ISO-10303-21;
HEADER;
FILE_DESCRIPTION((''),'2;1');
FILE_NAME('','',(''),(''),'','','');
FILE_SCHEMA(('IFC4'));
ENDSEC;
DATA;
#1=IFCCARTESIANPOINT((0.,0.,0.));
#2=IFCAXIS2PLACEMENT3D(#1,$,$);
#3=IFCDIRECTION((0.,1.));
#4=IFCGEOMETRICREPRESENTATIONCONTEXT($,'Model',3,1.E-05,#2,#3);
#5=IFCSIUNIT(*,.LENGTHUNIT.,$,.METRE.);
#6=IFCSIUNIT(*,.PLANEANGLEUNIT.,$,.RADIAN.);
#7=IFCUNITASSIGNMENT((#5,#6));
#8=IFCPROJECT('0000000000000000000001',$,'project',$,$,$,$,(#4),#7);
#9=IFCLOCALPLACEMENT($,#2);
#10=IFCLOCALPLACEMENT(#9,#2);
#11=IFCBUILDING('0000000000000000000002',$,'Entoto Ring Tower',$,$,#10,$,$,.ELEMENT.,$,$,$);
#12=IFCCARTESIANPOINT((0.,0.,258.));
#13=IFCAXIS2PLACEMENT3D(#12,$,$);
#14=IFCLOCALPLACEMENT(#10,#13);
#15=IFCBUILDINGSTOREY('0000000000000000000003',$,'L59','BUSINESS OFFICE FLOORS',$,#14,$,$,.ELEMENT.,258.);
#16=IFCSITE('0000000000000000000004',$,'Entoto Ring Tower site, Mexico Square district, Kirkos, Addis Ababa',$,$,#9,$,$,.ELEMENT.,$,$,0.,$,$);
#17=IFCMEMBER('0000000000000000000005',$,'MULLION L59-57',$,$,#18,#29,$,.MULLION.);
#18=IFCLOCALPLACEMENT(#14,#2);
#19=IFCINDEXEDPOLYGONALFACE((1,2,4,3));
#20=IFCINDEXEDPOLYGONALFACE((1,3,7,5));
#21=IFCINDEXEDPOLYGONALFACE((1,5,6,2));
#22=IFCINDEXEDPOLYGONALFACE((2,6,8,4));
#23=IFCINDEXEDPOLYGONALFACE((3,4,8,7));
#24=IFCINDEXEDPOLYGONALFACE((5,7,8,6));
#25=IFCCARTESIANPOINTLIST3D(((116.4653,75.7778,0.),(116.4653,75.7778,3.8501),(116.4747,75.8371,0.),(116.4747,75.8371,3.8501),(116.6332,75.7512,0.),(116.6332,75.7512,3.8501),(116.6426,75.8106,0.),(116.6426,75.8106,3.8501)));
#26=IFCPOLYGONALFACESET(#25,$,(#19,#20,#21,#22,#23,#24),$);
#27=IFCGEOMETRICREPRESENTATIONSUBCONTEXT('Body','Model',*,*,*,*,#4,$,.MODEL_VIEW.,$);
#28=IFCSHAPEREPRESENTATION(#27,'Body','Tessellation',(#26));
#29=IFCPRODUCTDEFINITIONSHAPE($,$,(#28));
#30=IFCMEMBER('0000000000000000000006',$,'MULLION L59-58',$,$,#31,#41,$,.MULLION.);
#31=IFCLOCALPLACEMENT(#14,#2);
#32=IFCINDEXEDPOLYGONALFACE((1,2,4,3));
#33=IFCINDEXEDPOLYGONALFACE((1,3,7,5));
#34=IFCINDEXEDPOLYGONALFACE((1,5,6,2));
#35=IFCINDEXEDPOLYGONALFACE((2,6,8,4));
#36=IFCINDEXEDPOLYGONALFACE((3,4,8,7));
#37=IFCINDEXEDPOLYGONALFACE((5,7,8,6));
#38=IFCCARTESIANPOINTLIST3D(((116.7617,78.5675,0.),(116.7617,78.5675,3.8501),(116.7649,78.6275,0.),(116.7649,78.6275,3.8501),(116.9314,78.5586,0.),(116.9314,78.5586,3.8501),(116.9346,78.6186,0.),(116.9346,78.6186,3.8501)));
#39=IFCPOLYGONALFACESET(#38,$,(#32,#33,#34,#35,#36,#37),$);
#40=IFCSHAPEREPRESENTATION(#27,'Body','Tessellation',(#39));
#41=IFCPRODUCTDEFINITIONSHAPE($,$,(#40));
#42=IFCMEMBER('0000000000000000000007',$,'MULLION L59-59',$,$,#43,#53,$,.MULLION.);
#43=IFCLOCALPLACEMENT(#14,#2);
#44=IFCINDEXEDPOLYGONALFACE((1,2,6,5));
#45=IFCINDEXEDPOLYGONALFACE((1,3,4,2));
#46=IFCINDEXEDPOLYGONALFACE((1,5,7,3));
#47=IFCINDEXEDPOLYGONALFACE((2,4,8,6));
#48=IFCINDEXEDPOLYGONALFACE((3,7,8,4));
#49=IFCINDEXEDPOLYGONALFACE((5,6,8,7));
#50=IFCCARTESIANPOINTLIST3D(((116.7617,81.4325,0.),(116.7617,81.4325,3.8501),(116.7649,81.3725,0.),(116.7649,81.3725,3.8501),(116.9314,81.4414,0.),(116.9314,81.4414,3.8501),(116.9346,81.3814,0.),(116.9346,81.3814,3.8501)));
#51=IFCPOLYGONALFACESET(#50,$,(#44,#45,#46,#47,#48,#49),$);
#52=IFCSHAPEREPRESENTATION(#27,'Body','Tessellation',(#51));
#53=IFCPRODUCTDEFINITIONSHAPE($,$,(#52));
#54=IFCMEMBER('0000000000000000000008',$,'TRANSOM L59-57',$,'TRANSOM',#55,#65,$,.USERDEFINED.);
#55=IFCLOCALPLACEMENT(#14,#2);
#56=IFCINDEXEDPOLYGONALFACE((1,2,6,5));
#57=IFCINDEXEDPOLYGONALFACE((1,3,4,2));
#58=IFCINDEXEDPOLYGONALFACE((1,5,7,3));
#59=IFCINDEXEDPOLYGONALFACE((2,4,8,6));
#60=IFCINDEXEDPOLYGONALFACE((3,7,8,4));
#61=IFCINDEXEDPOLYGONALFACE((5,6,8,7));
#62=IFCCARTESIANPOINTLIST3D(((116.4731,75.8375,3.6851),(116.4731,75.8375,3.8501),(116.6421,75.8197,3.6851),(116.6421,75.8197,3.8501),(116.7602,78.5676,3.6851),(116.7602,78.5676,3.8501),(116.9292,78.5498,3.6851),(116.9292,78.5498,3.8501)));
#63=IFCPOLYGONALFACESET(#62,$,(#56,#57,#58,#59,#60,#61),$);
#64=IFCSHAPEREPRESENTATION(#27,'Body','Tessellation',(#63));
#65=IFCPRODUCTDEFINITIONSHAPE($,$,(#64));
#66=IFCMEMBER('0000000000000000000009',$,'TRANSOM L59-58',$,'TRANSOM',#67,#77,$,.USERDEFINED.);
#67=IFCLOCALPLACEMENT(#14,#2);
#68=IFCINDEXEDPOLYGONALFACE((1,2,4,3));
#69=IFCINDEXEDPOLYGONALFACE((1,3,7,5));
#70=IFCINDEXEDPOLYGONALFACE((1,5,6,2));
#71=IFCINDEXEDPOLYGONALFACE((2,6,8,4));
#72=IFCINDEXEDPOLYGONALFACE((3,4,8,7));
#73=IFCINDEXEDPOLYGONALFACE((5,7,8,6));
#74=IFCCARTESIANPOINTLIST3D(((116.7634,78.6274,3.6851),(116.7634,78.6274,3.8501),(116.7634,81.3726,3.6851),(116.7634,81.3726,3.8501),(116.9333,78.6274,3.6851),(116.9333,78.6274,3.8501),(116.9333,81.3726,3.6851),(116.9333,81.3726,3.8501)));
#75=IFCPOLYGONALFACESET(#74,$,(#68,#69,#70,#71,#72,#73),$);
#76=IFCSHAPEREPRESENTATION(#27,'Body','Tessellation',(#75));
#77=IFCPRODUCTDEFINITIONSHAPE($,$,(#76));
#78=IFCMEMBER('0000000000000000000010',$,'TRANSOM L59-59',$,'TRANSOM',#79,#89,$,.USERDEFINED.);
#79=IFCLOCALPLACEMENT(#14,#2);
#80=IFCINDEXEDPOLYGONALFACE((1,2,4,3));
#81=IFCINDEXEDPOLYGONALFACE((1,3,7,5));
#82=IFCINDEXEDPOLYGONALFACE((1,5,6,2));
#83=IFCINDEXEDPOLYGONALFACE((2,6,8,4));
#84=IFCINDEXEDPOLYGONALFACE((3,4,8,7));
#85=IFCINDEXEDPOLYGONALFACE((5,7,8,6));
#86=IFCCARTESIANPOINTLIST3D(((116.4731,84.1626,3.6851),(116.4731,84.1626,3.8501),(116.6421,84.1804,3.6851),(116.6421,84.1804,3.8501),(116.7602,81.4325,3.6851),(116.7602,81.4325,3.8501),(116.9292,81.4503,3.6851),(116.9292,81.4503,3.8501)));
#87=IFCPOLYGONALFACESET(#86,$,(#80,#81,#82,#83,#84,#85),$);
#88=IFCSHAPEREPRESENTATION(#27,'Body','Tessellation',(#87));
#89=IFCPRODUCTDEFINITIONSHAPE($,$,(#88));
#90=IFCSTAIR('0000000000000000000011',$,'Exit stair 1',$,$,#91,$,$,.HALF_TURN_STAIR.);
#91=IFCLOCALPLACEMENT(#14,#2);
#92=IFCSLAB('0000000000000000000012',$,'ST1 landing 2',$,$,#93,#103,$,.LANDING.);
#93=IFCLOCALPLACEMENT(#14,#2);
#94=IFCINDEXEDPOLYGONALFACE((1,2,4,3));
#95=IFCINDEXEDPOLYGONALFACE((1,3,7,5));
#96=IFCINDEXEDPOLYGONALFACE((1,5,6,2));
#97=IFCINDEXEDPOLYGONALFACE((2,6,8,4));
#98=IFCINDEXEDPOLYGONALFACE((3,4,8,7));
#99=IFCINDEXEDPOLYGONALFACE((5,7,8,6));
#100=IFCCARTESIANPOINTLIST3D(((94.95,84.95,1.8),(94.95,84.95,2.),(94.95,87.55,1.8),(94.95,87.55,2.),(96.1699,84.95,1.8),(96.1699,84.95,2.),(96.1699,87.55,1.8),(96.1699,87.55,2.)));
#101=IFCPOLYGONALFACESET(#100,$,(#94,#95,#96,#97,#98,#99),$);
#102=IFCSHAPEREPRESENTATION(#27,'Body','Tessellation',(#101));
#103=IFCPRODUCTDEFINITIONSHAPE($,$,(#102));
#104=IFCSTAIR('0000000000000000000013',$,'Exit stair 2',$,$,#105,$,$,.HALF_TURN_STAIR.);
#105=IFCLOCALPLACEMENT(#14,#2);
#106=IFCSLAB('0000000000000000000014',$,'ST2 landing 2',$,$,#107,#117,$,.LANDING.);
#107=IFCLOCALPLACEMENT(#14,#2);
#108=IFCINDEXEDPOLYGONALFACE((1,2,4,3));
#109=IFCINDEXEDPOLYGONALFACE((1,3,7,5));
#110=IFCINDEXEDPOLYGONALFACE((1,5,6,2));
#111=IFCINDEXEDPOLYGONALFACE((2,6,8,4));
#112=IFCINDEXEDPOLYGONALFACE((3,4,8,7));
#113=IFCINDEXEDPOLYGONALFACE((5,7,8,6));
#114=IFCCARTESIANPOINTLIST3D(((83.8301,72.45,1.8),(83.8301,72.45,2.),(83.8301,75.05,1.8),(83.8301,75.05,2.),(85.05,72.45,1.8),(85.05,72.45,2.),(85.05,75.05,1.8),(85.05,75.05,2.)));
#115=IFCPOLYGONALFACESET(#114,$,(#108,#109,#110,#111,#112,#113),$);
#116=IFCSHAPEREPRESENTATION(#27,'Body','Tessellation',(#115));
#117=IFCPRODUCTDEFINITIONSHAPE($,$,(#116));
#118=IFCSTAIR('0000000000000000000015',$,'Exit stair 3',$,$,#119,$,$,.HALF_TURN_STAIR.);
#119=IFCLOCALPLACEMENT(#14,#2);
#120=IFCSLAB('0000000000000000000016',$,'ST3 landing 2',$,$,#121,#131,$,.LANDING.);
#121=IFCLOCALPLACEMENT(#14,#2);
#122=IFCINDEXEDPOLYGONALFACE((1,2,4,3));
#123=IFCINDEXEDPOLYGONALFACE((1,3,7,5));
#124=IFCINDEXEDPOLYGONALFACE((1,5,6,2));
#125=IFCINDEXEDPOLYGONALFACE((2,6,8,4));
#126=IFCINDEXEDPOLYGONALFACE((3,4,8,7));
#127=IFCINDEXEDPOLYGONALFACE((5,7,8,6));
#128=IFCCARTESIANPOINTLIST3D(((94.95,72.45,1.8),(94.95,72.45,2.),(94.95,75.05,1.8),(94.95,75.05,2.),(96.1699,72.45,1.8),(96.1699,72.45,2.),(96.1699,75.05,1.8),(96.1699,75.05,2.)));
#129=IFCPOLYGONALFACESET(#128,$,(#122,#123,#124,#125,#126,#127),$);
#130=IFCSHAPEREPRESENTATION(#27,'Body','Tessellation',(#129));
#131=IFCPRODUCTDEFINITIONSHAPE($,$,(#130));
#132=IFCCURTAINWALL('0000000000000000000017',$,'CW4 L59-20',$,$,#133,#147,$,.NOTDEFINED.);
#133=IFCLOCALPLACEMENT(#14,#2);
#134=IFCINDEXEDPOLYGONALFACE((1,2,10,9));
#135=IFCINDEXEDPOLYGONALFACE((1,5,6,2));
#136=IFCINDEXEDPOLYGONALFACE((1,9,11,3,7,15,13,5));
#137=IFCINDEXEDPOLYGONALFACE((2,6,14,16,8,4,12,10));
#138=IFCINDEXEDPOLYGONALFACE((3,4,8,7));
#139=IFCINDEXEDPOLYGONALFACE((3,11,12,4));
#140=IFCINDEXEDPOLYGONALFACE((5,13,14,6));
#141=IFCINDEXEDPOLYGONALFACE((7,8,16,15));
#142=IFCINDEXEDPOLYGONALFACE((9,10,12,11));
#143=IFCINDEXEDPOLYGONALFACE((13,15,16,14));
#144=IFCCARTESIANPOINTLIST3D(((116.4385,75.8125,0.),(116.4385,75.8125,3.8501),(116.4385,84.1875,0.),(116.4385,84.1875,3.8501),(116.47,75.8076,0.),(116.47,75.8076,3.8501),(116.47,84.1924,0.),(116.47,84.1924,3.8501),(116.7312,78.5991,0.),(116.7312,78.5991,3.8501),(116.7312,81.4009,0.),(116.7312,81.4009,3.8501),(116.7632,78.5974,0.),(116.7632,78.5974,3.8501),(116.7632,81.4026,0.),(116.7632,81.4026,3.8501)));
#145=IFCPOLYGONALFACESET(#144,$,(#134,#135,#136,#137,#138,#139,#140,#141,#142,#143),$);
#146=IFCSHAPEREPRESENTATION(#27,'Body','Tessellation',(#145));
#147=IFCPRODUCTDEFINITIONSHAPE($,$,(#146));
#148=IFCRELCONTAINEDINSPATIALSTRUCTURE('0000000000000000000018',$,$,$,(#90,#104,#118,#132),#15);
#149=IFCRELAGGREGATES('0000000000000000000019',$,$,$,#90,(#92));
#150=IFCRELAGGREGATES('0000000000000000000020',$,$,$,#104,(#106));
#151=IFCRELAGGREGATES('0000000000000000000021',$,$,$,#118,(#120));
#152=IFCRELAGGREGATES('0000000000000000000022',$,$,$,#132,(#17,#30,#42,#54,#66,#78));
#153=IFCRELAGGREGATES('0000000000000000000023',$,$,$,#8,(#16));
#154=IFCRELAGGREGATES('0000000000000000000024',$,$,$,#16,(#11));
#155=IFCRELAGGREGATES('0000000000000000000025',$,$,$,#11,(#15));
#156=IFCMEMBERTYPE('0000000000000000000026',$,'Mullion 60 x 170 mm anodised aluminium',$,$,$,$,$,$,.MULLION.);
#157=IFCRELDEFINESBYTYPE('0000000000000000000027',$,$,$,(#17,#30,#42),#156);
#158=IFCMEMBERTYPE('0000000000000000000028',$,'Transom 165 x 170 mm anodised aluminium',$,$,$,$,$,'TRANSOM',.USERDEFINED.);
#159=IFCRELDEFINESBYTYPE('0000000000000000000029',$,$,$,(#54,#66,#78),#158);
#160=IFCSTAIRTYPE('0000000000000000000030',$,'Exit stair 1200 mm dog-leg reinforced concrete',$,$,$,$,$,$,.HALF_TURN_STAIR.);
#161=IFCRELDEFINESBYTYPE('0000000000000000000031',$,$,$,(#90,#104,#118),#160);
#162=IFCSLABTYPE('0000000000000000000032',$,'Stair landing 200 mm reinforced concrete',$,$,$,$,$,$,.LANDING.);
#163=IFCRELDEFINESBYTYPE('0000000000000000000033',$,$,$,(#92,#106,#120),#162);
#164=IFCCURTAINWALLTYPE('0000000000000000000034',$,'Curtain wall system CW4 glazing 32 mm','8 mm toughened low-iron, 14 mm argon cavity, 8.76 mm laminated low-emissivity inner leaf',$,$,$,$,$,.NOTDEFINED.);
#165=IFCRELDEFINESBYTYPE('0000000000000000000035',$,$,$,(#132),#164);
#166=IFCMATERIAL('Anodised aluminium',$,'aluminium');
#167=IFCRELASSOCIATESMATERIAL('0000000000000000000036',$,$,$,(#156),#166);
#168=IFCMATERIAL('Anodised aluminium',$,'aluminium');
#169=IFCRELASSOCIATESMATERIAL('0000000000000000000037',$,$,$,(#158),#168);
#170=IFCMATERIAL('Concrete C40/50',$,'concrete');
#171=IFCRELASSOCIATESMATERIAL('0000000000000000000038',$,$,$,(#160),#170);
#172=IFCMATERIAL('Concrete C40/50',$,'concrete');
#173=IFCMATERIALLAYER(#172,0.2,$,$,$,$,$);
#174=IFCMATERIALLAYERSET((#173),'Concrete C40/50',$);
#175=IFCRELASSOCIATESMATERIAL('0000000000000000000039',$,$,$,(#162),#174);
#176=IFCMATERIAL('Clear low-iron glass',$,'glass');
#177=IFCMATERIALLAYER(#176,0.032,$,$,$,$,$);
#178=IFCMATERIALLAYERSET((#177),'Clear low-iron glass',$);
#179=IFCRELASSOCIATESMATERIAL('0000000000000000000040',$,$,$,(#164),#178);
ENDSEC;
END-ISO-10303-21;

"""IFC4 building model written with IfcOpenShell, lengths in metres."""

from ifc_helpers import new_model, si_unit, direction, frame, origin, origin_2d, place, context, subcontext, project, spatial, polyline, rectangle, outline, extrude, material, layer, layer_set, material_profile, profile_set, type_object, element, aggregate, save


model = new_model("IFC4")

# Units and contexts
model_context = context("Model", 3, precision=1e-05, world=origin(), true_north=direction((0.0, 1.0)))
body_context = subcontext(model_context, "Body", "Model", "MODEL_VIEW")
ifc_project = project(units=[si_unit("LENGTHUNIT", "METRE"), si_unit("PLANEANGLEUNIT", "RADIAN")], contexts=[model_context])

# Members
ifc_material_1 = material(Name="Anodised aluminium", Category="aluminium")
ifc_material_profile_1 = material_profile(ifc_material_1, rectangle(XDim=0.0601, YDim=0.1699, at=origin_2d()), Name="Mullion 60 x 170 mm anodised aluminium")
ifc_profile_set_1 = profile_set([ifc_material_profile_1], Name="Anodised aluminium")
member_type_1 = type_object("IfcMemberType", Name="Mullion 60 x 170 mm anodised aluminium", PredefinedType="MULLION", material=ifc_profile_set_1)
site_placement = place(None, origin())
building_placement = place(site_placement, origin())
storey_placement = place(building_placement, frame((0.0, 0.0, 258.0)))
member_1_placement = place(storey_placement, frame((116.554, 75.7942, 0.0), z_axis=(0.0, 0.0, 1.0), x_axis=(0.156434, 0.987688, 0.0)))
member_1 = element("IfcMember", 1, at=member_1_placement, type_object=member_type_1, Name="MULLION L59-57", PredefinedType="MULLION", context=body_context, shape_type="SweptSolid", body=[
    extrude(rectangle(XDim=0.0601, YDim=0.1699, at=origin_2d()), origin(), (0.0, 0.0, 1.0), 3.8501),
])
member_2_placement = place(storey_placement, frame((116.8481, 78.593, 0.0), z_axis=(0.0, 0.0, 1.0), x_axis=(0.052336, 0.99863, 0.0)))
member_2 = element("IfcMember", 2, at=member_2_placement, type_object=member_type_1, Name="MULLION L59-58", PredefinedType="MULLION", context=body_context, shape_type="SweptSolid", body=[
    extrude(rectangle(XDim=0.0601, YDim=0.1699, at=origin_2d()), origin(), (0.0, 0.0, 1.0), 3.8501),
])
member_3_placement = place(storey_placement, frame((116.8481, 81.407, 0.0), z_axis=(0.0, 0.0, 1.0), x_axis=(-0.052336, 0.99863, 0.0)))
member_3 = element("IfcMember", 3, at=member_3_placement, type_object=member_type_1, Name="MULLION L59-59", PredefinedType="MULLION", context=body_context, shape_type="SweptSolid", body=[
    extrude(rectangle(XDim=0.0601, YDim=0.1699, at=origin_2d()), origin(), (0.0, 0.0, 1.0), 3.8501),
])
ifc_material_2 = material(Name="Anodised aluminium", Category="aluminium")
ifc_material_profile_2 = material_profile(ifc_material_2, rectangle(XDim=0.1699, YDim=0.165, at=origin_2d()), Name="Transom 165 x 170 mm anodised aluminium")
ifc_profile_set_2 = profile_set([ifc_material_profile_2], Name="Anodised aluminium")
member_type_2 = type_object("IfcMemberType", Name="Transom 165 x 170 mm anodised aluminium", ElementType="TRANSOM", PredefinedType="USERDEFINED", material=ifc_profile_set_2)
member_4_placement = place(storey_placement, frame((116.5576, 75.8286, 3.7676), z_axis=(0.104592, 0.994515, 0.0), x_axis=(-0.994515, 0.104592, 0.0)))
member_4 = element("IfcMember", 4, at=member_4_placement, type_object=member_type_2, Name="TRANSOM L59-57", ObjectType="TRANSOM", PredefinedType="USERDEFINED", context=body_context, shape_type="SweptSolid", body=[
    extrude(rectangle(XDim=0.1699, YDim=0.165, at=origin_2d()), origin(), (0.0, 0.0, 1.0), 2.7451),
])
member_5_placement = place(storey_placement, frame((116.8484, 78.6274, 3.7676), z_axis=(0.0, 1.0, 0.0), x_axis=(-1.0, 0.0, 0.0)))
member_5 = element("IfcMember", 5, at=member_5_placement, type_object=member_type_2, Name="TRANSOM L59-58", ObjectType="TRANSOM", PredefinedType="USERDEFINED", context=body_context, shape_type="SweptSolid", body=[
    extrude(rectangle(XDim=0.1699, YDim=0.165, at=origin_2d()), origin(), (0.0, 0.0, 1.0), 2.7451),
])
member_6_placement = place(storey_placement, frame((116.8447, 81.4414, 3.7676), z_axis=(-0.104592, 0.994515, 0.0), x_axis=(-0.994515, -0.104592, 0.0)))
member_6 = element("IfcMember", 6, at=member_6_placement, type_object=member_type_2, Name="TRANSOM L59-59", ObjectType="TRANSOM", PredefinedType="USERDEFINED", context=body_context, shape_type="SweptSolid", body=[
    extrude(rectangle(XDim=0.1699, YDim=0.165, at=origin_2d()), origin(), (0.0, 0.0, 1.0), 2.7451),
])

# Site, building, storey
site = spatial("IfcSite", under=ifc_project, at=site_placement, Name="Entoto Ring Tower site, Mexico Square district, Kirkos, Addis Ababa", CompositionType="ELEMENT", RefElevation=0.0)
building = spatial("IfcBuilding", under=site, at=building_placement, Name="Entoto Ring Tower", CompositionType="ELEMENT")
storey = spatial("IfcBuildingStorey", under=building, at=storey_placement, Name="L59", Description="BUSINESS OFFICE FLOORS", CompositionType="ELEMENT", Elevation=258.0)

# Stairs, slabs
ifc_material_3 = material(Name="Concrete C40/50", Category="concrete")
stair_type = type_object("IfcStairType", Name="Exit stair 1200 mm dog-leg reinforced concrete", PredefinedType="HALF_TURN_STAIR", material=ifc_material_3)
stair_1_placement = place(storey_placement, origin())
stair_1 = element("IfcStair", 7, at=stair_1_placement, inside=storey, type_object=stair_type, Name="Exit stair 1", PredefinedType="HALF_TURN_STAIR")
ifc_material_4 = material(Name="Concrete C40/50", Category="concrete")
ifc_layer_1 = layer(ifc_material_4, 0.2)
ifc_layer_set_1 = layer_set([ifc_layer_1], Name="Concrete C40/50")
slab_type = type_object("IfcSlabType", Name="Stair landing 200 mm reinforced concrete", PredefinedType="LANDING", material=ifc_layer_set_1)
slab_1_placement = place(storey_placement, frame((0.0, 0.0, 1.8)))
slab_1 = element("IfcSlab", 8, at=slab_1_placement, type_object=slab_type, Name="ST1 landing 2", PredefinedType="LANDING", context=body_context, shape_type="SweptSolid", body=[
    extrude(outline(polyline([(94.95, 84.95), (96.1699, 84.95), (96.1699, 87.55), (94.95, 87.55), (94.95, 84.95)])), origin(), (0.0, 0.0, 1.0), 0.2),
])
aggregate(stair_1, [slab_1])
stair_2_placement = place(storey_placement, origin())
stair_2 = element("IfcStair", 9, at=stair_2_placement, inside=storey, type_object=stair_type, Name="Exit stair 2", PredefinedType="HALF_TURN_STAIR")
slab_2_placement = place(storey_placement, frame((0.0, 0.0, 1.8)))
slab_2 = element("IfcSlab", 10, at=slab_2_placement, type_object=slab_type, Name="ST2 landing 2", PredefinedType="LANDING", context=body_context, shape_type="SweptSolid", body=[
    extrude(outline(polyline([(83.8301, 72.45), (85.05, 72.45), (85.05, 75.05), (83.8301, 75.05), (83.8301, 72.45)])), origin(), (0.0, 0.0, 1.0), 0.2),
])
aggregate(stair_2, [slab_2])
stair_3_placement = place(storey_placement, origin())
stair_3 = element("IfcStair", 11, at=stair_3_placement, inside=storey, type_object=stair_type, Name="Exit stair 3", PredefinedType="HALF_TURN_STAIR")
slab_3_placement = place(storey_placement, frame((0.0, 0.0, 1.8)))
slab_3 = element("IfcSlab", 12, at=slab_3_placement, type_object=slab_type, Name="ST3 landing 2", PredefinedType="LANDING", context=body_context, shape_type="SweptSolid", body=[
    extrude(outline(polyline([(94.95, 72.45), (96.1699, 72.45), (96.1699, 75.05), (94.95, 75.05), (94.95, 72.45)])), origin(), (0.0, 0.0, 1.0), 0.2),
])
aggregate(stair_3, [slab_3])

# Curtain wall
ifc_material_5 = material(Name="Clear low-iron glass", Category="glass")
ifc_layer_2 = layer(ifc_material_5, 0.032)
ifc_layer_set_2 = layer_set([ifc_layer_2], Name="Clear low-iron glass")
curtain_wall_type = type_object("IfcCurtainWallType", Name="Curtain wall system CW4 glazing 32 mm", Description="8 mm toughened low-iron, 14 mm argon cavity, 8.76 mm laminated low-emissivity inner leaf", PredefinedType="NOTDEFINED", material=ifc_layer_set_2)
curtain_wall_1_placement = place(storey_placement, origin())
curtain_wall_1 = element("IfcCurtainWall", 13, at=curtain_wall_1_placement, inside=storey, type_object=curtain_wall_type, Name="CW4 L59-20", PredefinedType="NOTDEFINED", context=body_context, shape_type="SweptSolid", body=[
    extrude(outline(polyline([(116.47, 75.8076), (116.7632, 78.5974), (116.7632, 81.4026), (116.47, 84.1924), (116.4385, 84.1875), (116.7312, 81.4009), (116.7312, 78.5991), (116.4385, 75.8125), (116.47, 75.8076)])), origin(), (0.0, 0.0, 1.0), 3.8501),
])
aggregate(curtain_wall_1, [member_1, member_2, member_3, member_4, member_5, member_6])

save(model, "model.ifc")
